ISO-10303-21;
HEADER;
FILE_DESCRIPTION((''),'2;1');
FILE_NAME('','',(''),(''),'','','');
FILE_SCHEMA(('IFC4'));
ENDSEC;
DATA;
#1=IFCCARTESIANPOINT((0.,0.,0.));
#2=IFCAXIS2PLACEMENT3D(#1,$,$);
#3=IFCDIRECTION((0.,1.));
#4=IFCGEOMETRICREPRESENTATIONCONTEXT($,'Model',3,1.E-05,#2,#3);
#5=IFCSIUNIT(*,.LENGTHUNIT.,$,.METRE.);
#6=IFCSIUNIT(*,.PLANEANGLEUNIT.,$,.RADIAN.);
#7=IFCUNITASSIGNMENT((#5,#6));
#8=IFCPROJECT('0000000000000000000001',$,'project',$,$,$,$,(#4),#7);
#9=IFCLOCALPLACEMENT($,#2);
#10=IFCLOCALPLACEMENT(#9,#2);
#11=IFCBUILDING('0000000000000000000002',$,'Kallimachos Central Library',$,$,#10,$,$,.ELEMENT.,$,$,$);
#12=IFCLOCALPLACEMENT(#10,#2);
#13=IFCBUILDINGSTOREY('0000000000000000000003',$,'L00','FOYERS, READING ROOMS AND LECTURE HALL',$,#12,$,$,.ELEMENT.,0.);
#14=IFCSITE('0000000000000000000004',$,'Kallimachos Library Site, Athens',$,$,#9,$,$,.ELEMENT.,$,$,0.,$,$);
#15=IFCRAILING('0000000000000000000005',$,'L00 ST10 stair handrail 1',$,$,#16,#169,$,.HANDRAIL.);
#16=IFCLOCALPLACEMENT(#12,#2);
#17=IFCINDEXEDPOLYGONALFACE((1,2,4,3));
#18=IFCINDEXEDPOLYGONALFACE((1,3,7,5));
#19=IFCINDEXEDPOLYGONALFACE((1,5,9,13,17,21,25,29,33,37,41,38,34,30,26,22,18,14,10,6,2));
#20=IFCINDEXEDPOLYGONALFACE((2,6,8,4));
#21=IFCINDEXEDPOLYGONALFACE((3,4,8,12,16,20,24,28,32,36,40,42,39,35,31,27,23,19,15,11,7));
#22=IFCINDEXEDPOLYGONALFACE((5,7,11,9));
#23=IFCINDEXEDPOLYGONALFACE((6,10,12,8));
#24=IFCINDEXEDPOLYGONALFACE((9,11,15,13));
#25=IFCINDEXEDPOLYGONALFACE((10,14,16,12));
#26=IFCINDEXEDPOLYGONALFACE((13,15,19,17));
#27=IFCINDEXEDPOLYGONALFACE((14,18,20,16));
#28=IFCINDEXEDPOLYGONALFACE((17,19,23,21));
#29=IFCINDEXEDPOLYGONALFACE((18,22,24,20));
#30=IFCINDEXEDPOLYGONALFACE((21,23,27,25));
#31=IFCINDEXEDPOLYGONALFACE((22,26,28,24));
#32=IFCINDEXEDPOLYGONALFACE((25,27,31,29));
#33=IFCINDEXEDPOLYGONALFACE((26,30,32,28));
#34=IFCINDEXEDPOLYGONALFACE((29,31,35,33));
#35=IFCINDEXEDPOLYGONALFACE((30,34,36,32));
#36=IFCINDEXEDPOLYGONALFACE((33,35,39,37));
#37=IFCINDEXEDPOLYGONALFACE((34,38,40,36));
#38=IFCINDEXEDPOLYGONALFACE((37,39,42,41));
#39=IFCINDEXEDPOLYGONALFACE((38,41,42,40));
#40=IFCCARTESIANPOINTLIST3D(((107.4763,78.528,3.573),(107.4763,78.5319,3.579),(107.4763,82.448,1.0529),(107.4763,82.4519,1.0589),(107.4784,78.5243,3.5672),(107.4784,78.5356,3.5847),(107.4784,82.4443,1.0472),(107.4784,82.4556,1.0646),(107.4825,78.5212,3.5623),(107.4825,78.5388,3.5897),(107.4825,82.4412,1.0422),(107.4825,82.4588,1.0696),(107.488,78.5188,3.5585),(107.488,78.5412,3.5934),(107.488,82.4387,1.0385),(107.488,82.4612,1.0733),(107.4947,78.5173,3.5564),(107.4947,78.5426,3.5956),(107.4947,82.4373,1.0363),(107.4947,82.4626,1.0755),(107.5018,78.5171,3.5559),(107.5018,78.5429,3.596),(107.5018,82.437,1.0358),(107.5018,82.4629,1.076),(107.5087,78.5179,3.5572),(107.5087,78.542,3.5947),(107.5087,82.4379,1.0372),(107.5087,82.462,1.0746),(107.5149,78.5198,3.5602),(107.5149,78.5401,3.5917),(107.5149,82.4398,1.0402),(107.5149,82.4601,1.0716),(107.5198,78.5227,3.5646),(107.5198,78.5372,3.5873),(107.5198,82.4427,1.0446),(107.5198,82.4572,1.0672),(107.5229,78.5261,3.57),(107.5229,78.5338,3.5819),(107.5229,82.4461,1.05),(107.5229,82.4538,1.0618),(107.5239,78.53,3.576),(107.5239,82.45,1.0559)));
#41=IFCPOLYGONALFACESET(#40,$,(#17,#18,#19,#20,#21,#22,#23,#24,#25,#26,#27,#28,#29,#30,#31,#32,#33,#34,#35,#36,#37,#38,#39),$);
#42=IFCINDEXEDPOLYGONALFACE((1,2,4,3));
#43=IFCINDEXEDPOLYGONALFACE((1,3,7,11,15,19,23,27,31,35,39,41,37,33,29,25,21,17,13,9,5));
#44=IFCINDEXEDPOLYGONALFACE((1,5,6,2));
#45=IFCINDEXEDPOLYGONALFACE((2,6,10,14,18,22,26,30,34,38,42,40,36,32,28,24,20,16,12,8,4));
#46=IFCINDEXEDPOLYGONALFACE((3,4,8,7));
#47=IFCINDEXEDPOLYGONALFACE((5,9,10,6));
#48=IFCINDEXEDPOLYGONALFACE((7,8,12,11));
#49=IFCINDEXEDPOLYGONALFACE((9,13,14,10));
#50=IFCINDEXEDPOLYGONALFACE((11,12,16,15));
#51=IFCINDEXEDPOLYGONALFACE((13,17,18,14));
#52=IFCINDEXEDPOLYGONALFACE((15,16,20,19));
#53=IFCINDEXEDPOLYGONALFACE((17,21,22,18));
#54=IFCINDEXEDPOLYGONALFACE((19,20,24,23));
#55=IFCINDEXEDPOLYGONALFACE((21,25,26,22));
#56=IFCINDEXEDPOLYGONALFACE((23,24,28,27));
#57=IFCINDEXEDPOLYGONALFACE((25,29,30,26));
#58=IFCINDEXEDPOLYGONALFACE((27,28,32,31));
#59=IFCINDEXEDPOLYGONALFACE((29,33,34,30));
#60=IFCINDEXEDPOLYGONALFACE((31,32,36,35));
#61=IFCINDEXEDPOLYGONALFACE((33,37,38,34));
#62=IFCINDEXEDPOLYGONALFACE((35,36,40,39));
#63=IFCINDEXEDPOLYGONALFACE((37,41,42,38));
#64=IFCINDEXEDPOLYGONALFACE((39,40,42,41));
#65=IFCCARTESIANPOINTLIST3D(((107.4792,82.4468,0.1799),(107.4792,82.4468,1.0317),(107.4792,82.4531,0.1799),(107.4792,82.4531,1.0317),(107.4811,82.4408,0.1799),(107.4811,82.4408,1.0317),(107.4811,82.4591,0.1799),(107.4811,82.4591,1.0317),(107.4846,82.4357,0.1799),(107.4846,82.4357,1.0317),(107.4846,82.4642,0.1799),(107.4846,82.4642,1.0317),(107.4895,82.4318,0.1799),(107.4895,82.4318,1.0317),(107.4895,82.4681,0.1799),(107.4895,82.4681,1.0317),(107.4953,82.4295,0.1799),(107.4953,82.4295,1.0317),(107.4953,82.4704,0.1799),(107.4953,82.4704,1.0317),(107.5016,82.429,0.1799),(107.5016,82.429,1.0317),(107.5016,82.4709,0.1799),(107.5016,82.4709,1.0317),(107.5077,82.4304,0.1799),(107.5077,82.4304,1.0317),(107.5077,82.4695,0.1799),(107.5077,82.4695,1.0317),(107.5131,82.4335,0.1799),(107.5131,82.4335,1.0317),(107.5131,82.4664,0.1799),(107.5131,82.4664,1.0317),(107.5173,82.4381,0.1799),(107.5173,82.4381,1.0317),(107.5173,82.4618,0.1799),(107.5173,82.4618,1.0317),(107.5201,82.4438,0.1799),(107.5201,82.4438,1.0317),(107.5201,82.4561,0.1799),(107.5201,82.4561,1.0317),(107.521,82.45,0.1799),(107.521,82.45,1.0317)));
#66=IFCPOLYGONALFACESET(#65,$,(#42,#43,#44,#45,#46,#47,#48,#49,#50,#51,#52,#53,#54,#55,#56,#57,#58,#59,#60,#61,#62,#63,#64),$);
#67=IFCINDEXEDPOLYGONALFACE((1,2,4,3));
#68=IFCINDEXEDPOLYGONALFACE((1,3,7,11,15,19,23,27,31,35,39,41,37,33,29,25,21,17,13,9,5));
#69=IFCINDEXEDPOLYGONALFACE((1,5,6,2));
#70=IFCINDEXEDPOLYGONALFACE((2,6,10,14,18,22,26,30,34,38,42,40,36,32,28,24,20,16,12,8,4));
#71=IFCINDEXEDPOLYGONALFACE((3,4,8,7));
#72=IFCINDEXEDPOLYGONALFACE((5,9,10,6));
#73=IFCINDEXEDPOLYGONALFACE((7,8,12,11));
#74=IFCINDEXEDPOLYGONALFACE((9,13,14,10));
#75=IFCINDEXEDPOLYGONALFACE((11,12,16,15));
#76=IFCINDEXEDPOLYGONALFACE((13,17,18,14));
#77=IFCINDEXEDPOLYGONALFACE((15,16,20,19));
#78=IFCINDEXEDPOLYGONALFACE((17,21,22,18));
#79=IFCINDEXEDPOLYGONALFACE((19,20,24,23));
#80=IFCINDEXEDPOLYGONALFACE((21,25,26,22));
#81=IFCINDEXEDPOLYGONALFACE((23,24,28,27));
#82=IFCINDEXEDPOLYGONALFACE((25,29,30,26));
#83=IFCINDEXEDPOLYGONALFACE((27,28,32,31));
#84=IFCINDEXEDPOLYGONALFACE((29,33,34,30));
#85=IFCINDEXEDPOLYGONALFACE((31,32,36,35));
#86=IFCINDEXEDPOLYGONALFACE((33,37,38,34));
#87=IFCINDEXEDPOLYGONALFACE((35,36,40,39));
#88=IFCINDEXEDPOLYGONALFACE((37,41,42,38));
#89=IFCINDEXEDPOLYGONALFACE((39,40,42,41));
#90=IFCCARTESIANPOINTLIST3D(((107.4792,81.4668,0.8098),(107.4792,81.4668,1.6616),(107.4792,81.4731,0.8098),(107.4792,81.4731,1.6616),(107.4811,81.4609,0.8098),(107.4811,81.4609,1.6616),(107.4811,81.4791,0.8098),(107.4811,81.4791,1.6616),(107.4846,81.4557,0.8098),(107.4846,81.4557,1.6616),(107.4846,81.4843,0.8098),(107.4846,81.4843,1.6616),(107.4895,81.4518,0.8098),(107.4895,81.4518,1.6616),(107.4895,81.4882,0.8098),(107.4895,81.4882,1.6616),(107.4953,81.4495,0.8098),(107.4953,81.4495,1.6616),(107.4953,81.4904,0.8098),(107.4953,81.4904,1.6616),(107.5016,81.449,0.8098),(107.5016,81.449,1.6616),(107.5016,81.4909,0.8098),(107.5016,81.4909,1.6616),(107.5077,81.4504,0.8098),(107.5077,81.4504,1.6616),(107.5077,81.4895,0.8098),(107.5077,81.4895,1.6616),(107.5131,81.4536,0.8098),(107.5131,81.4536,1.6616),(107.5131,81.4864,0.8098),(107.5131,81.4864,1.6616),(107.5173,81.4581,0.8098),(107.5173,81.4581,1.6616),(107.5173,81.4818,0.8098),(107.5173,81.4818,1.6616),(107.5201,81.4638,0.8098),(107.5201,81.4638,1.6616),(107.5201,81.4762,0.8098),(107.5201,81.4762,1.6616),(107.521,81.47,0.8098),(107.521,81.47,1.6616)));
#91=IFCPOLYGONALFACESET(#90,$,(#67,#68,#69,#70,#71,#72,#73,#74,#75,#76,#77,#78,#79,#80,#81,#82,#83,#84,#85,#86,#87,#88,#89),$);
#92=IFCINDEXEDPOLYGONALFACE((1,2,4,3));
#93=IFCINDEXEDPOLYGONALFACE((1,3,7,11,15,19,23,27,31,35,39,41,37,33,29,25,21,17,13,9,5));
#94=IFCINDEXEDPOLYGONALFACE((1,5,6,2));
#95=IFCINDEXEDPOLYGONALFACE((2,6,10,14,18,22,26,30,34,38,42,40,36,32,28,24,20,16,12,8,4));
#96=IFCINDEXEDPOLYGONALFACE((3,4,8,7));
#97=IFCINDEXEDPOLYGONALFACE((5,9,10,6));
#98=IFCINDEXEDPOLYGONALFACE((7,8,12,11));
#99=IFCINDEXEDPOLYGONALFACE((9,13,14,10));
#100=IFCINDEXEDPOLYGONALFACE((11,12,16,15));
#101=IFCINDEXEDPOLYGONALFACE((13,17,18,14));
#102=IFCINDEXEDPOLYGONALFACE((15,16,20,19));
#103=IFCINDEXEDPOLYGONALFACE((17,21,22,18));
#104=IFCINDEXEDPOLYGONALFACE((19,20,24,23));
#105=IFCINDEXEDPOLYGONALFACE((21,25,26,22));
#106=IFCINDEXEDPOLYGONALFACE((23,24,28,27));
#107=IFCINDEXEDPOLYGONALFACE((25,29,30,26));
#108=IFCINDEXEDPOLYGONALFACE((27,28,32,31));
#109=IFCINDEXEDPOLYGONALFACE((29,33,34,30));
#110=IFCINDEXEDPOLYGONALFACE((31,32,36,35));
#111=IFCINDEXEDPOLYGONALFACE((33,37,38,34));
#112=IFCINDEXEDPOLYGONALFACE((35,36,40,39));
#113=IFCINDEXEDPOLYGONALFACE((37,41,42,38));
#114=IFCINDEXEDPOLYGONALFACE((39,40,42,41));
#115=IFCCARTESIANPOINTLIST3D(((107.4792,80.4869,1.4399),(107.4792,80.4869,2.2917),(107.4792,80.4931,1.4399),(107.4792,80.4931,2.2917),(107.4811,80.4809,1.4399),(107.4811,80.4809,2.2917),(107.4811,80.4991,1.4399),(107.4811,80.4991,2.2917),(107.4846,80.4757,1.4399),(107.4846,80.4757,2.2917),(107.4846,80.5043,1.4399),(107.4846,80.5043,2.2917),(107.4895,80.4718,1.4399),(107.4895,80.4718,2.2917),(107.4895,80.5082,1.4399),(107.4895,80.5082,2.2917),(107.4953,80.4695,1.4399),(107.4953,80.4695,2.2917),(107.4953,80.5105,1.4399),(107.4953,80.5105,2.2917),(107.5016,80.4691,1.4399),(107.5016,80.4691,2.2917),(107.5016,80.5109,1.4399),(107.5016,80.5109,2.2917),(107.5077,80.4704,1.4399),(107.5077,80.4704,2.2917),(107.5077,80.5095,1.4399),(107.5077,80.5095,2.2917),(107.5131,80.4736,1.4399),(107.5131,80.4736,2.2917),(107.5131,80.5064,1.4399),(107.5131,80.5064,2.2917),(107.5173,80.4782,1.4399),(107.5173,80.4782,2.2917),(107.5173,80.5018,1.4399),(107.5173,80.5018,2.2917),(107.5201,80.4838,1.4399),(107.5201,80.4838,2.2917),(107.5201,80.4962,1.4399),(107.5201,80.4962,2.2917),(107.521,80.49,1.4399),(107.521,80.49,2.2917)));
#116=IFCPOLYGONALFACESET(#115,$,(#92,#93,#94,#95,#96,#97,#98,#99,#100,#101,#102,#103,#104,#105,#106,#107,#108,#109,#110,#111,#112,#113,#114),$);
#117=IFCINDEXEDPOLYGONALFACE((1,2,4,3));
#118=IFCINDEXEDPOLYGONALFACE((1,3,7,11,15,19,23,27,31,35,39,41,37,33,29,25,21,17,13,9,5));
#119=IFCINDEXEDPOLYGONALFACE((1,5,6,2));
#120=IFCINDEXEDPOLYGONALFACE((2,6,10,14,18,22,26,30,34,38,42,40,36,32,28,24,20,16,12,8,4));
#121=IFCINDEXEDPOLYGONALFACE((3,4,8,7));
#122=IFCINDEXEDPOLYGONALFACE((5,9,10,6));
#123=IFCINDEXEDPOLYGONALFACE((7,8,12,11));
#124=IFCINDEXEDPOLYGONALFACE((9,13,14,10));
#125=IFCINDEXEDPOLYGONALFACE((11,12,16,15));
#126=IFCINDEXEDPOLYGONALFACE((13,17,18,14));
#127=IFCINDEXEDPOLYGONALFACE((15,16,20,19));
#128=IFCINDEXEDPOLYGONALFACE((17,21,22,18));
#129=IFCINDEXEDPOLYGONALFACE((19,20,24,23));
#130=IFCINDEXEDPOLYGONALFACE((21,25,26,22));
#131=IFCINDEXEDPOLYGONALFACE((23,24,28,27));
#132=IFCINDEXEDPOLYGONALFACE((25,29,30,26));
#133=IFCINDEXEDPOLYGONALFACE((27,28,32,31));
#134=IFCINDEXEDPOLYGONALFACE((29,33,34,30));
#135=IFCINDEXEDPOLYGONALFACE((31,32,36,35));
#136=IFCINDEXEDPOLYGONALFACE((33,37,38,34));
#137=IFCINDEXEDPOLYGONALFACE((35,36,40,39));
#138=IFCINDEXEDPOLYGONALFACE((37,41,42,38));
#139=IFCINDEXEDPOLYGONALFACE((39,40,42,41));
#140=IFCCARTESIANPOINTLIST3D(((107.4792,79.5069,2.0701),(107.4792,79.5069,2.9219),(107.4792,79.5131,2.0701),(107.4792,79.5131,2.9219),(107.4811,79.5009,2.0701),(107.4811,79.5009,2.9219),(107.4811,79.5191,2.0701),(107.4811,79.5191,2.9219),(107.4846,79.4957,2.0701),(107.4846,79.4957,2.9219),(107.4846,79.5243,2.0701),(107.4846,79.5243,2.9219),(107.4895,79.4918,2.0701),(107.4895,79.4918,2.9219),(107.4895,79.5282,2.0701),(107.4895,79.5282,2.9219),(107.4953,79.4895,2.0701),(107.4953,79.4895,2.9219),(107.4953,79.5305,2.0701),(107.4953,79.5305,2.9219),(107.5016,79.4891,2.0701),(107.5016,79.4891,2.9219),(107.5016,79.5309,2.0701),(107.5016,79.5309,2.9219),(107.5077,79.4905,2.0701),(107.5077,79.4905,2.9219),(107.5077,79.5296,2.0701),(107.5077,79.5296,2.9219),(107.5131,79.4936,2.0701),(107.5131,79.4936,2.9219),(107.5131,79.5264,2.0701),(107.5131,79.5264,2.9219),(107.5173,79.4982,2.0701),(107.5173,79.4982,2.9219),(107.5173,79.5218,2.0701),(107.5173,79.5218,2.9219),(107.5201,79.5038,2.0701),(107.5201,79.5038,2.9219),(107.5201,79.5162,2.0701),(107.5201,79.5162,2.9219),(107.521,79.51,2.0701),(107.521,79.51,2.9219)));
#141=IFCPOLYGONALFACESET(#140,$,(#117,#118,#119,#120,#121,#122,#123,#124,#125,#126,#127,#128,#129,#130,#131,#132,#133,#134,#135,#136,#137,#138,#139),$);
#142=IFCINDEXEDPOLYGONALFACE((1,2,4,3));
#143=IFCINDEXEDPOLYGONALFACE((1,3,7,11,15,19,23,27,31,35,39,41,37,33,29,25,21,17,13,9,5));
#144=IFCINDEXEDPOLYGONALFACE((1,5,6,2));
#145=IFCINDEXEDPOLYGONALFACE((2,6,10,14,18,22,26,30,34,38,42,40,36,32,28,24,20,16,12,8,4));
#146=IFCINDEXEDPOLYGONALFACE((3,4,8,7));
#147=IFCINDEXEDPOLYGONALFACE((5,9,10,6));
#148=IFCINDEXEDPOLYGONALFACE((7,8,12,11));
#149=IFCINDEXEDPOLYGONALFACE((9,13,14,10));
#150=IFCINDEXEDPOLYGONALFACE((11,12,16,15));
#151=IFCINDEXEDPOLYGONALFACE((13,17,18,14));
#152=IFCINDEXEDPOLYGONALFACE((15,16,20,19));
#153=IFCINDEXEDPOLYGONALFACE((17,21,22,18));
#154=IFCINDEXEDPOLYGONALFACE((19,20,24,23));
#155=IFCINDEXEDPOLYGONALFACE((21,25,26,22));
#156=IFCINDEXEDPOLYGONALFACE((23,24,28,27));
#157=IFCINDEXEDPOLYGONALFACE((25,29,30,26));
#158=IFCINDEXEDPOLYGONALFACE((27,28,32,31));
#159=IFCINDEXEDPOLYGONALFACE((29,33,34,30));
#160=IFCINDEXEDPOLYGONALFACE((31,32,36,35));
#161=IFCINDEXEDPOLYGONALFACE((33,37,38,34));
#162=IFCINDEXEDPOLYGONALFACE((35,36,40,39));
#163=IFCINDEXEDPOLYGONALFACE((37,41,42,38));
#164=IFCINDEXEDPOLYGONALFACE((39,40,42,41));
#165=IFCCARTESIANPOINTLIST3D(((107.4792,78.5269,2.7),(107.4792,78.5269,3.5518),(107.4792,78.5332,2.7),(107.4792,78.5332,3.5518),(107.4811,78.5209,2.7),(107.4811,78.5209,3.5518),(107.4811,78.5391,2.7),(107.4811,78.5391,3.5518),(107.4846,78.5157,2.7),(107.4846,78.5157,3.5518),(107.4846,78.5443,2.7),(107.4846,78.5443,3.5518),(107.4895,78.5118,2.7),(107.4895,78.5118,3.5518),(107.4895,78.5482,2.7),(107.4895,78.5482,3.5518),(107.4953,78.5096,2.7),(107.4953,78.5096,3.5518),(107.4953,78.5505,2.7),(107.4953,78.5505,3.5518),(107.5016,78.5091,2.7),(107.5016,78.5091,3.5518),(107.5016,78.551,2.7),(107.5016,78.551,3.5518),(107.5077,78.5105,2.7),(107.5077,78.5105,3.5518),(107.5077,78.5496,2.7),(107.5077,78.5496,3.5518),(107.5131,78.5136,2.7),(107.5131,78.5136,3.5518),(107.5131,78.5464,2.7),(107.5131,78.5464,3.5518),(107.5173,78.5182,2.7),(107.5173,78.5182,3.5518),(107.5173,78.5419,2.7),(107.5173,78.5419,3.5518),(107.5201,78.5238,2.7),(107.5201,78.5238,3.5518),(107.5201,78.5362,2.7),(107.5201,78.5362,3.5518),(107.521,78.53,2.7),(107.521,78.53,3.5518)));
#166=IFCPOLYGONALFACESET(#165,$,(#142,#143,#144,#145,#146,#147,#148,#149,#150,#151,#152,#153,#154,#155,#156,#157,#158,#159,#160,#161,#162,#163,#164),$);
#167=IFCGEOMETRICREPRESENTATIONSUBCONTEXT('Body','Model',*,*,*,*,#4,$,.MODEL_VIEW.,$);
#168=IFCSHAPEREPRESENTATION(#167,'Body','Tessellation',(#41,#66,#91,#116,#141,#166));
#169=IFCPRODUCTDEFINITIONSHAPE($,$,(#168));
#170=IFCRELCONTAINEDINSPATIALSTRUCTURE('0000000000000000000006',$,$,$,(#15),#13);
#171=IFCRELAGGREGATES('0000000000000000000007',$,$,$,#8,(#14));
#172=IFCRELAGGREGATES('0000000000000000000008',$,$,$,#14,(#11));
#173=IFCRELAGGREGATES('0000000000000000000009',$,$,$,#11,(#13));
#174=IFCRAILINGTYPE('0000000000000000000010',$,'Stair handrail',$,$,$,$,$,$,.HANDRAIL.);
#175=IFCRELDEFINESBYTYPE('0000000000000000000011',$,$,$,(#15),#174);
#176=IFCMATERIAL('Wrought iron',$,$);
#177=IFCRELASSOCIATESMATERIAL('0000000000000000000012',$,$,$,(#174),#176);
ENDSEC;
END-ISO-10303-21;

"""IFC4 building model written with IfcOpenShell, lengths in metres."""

from ifc_helpers import new_model, si_unit, direction, frame, origin, origin_2d, place, context, subcontext, project, spatial, circle, extrude, material, type_object, element, save


model = new_model("IFC4")

# Units and contexts
model_context = context("Model", 3, precision=1e-05, world=origin(), true_north=direction((0.0, 1.0)))
body_context = subcontext(model_context, "Body", "Model", "MODEL_VIEW")
ifc_project = project(units=[si_unit("LENGTHUNIT", "METRE"), si_unit("PLANEANGLEUNIT", "RADIAN")], contexts=[model_context])

# Site, building, storey
site_placement = place(None, origin())
site = spatial("IfcSite", under=ifc_project, at=site_placement, Name="Kallimachos Library Site, Athens", CompositionType="ELEMENT", RefElevation=0.0)
building_placement = place(site_placement, origin())
building = spatial("IfcBuilding", under=site, at=building_placement, Name="Kallimachos Central Library", CompositionType="ELEMENT")
storey_placement = place(building_placement, origin())
storey = spatial("IfcBuildingStorey", under=building, at=storey_placement, Name="L00", Description="FOYERS, READING ROOMS AND LECTURE HALL", CompositionType="ELEMENT", Elevation=0.0)

# Railing
ifc_material_1 = material(Name="Wrought iron")
railing_type_1 = type_object("IfcRailingType", Name="Stair handrail", PredefinedType="HANDRAIL", material=ifc_material_1)
railing_1_placement = place(storey_placement, frame((107.5, 82.45, 0.1799)))
element("IfcRailing", 1, at=railing_1_placement, inside=storey, type_object=railing_type_1, Name="L00 ST10 stair handrail 1", PredefinedType="HANDRAIL", context=body_context, shape_type="SweptSolid", body=[
    extrude(circle(Radius=0.0239, at=origin_2d()), frame((0.0, 0.0, 0.876), z_axis=(0.0, -0.841172, 0.540768), x_axis=(1.0, 0.0, 0.0)), (0.0, 0.0, 1.0), 4.6602),
    extrude(circle(Radius=0.021, at=origin_2d()), origin(), (0.0, 0.0, 1.0), 0.8518),
    extrude(circle(Radius=0.021, at=origin_2d()), frame((0.0, -0.98, 0.6299)), (0.0, 0.0, 1.0), 0.8518),
    extrude(circle(Radius=0.021, at=origin_2d()), frame((0.0, -1.96, 1.26)), (0.0, 0.0, 1.0), 0.8518),
    extrude(circle(Radius=0.021, at=origin_2d()), frame((0.0, -2.9399, 1.8901)), (0.0, 0.0, 1.0), 0.8518),
    extrude(circle(Radius=0.021, at=origin_2d()), frame((0.0, -3.9199, 2.52)), (0.0, 0.0, 1.0), 0.8518),
])

save(model, "model.ifc")
